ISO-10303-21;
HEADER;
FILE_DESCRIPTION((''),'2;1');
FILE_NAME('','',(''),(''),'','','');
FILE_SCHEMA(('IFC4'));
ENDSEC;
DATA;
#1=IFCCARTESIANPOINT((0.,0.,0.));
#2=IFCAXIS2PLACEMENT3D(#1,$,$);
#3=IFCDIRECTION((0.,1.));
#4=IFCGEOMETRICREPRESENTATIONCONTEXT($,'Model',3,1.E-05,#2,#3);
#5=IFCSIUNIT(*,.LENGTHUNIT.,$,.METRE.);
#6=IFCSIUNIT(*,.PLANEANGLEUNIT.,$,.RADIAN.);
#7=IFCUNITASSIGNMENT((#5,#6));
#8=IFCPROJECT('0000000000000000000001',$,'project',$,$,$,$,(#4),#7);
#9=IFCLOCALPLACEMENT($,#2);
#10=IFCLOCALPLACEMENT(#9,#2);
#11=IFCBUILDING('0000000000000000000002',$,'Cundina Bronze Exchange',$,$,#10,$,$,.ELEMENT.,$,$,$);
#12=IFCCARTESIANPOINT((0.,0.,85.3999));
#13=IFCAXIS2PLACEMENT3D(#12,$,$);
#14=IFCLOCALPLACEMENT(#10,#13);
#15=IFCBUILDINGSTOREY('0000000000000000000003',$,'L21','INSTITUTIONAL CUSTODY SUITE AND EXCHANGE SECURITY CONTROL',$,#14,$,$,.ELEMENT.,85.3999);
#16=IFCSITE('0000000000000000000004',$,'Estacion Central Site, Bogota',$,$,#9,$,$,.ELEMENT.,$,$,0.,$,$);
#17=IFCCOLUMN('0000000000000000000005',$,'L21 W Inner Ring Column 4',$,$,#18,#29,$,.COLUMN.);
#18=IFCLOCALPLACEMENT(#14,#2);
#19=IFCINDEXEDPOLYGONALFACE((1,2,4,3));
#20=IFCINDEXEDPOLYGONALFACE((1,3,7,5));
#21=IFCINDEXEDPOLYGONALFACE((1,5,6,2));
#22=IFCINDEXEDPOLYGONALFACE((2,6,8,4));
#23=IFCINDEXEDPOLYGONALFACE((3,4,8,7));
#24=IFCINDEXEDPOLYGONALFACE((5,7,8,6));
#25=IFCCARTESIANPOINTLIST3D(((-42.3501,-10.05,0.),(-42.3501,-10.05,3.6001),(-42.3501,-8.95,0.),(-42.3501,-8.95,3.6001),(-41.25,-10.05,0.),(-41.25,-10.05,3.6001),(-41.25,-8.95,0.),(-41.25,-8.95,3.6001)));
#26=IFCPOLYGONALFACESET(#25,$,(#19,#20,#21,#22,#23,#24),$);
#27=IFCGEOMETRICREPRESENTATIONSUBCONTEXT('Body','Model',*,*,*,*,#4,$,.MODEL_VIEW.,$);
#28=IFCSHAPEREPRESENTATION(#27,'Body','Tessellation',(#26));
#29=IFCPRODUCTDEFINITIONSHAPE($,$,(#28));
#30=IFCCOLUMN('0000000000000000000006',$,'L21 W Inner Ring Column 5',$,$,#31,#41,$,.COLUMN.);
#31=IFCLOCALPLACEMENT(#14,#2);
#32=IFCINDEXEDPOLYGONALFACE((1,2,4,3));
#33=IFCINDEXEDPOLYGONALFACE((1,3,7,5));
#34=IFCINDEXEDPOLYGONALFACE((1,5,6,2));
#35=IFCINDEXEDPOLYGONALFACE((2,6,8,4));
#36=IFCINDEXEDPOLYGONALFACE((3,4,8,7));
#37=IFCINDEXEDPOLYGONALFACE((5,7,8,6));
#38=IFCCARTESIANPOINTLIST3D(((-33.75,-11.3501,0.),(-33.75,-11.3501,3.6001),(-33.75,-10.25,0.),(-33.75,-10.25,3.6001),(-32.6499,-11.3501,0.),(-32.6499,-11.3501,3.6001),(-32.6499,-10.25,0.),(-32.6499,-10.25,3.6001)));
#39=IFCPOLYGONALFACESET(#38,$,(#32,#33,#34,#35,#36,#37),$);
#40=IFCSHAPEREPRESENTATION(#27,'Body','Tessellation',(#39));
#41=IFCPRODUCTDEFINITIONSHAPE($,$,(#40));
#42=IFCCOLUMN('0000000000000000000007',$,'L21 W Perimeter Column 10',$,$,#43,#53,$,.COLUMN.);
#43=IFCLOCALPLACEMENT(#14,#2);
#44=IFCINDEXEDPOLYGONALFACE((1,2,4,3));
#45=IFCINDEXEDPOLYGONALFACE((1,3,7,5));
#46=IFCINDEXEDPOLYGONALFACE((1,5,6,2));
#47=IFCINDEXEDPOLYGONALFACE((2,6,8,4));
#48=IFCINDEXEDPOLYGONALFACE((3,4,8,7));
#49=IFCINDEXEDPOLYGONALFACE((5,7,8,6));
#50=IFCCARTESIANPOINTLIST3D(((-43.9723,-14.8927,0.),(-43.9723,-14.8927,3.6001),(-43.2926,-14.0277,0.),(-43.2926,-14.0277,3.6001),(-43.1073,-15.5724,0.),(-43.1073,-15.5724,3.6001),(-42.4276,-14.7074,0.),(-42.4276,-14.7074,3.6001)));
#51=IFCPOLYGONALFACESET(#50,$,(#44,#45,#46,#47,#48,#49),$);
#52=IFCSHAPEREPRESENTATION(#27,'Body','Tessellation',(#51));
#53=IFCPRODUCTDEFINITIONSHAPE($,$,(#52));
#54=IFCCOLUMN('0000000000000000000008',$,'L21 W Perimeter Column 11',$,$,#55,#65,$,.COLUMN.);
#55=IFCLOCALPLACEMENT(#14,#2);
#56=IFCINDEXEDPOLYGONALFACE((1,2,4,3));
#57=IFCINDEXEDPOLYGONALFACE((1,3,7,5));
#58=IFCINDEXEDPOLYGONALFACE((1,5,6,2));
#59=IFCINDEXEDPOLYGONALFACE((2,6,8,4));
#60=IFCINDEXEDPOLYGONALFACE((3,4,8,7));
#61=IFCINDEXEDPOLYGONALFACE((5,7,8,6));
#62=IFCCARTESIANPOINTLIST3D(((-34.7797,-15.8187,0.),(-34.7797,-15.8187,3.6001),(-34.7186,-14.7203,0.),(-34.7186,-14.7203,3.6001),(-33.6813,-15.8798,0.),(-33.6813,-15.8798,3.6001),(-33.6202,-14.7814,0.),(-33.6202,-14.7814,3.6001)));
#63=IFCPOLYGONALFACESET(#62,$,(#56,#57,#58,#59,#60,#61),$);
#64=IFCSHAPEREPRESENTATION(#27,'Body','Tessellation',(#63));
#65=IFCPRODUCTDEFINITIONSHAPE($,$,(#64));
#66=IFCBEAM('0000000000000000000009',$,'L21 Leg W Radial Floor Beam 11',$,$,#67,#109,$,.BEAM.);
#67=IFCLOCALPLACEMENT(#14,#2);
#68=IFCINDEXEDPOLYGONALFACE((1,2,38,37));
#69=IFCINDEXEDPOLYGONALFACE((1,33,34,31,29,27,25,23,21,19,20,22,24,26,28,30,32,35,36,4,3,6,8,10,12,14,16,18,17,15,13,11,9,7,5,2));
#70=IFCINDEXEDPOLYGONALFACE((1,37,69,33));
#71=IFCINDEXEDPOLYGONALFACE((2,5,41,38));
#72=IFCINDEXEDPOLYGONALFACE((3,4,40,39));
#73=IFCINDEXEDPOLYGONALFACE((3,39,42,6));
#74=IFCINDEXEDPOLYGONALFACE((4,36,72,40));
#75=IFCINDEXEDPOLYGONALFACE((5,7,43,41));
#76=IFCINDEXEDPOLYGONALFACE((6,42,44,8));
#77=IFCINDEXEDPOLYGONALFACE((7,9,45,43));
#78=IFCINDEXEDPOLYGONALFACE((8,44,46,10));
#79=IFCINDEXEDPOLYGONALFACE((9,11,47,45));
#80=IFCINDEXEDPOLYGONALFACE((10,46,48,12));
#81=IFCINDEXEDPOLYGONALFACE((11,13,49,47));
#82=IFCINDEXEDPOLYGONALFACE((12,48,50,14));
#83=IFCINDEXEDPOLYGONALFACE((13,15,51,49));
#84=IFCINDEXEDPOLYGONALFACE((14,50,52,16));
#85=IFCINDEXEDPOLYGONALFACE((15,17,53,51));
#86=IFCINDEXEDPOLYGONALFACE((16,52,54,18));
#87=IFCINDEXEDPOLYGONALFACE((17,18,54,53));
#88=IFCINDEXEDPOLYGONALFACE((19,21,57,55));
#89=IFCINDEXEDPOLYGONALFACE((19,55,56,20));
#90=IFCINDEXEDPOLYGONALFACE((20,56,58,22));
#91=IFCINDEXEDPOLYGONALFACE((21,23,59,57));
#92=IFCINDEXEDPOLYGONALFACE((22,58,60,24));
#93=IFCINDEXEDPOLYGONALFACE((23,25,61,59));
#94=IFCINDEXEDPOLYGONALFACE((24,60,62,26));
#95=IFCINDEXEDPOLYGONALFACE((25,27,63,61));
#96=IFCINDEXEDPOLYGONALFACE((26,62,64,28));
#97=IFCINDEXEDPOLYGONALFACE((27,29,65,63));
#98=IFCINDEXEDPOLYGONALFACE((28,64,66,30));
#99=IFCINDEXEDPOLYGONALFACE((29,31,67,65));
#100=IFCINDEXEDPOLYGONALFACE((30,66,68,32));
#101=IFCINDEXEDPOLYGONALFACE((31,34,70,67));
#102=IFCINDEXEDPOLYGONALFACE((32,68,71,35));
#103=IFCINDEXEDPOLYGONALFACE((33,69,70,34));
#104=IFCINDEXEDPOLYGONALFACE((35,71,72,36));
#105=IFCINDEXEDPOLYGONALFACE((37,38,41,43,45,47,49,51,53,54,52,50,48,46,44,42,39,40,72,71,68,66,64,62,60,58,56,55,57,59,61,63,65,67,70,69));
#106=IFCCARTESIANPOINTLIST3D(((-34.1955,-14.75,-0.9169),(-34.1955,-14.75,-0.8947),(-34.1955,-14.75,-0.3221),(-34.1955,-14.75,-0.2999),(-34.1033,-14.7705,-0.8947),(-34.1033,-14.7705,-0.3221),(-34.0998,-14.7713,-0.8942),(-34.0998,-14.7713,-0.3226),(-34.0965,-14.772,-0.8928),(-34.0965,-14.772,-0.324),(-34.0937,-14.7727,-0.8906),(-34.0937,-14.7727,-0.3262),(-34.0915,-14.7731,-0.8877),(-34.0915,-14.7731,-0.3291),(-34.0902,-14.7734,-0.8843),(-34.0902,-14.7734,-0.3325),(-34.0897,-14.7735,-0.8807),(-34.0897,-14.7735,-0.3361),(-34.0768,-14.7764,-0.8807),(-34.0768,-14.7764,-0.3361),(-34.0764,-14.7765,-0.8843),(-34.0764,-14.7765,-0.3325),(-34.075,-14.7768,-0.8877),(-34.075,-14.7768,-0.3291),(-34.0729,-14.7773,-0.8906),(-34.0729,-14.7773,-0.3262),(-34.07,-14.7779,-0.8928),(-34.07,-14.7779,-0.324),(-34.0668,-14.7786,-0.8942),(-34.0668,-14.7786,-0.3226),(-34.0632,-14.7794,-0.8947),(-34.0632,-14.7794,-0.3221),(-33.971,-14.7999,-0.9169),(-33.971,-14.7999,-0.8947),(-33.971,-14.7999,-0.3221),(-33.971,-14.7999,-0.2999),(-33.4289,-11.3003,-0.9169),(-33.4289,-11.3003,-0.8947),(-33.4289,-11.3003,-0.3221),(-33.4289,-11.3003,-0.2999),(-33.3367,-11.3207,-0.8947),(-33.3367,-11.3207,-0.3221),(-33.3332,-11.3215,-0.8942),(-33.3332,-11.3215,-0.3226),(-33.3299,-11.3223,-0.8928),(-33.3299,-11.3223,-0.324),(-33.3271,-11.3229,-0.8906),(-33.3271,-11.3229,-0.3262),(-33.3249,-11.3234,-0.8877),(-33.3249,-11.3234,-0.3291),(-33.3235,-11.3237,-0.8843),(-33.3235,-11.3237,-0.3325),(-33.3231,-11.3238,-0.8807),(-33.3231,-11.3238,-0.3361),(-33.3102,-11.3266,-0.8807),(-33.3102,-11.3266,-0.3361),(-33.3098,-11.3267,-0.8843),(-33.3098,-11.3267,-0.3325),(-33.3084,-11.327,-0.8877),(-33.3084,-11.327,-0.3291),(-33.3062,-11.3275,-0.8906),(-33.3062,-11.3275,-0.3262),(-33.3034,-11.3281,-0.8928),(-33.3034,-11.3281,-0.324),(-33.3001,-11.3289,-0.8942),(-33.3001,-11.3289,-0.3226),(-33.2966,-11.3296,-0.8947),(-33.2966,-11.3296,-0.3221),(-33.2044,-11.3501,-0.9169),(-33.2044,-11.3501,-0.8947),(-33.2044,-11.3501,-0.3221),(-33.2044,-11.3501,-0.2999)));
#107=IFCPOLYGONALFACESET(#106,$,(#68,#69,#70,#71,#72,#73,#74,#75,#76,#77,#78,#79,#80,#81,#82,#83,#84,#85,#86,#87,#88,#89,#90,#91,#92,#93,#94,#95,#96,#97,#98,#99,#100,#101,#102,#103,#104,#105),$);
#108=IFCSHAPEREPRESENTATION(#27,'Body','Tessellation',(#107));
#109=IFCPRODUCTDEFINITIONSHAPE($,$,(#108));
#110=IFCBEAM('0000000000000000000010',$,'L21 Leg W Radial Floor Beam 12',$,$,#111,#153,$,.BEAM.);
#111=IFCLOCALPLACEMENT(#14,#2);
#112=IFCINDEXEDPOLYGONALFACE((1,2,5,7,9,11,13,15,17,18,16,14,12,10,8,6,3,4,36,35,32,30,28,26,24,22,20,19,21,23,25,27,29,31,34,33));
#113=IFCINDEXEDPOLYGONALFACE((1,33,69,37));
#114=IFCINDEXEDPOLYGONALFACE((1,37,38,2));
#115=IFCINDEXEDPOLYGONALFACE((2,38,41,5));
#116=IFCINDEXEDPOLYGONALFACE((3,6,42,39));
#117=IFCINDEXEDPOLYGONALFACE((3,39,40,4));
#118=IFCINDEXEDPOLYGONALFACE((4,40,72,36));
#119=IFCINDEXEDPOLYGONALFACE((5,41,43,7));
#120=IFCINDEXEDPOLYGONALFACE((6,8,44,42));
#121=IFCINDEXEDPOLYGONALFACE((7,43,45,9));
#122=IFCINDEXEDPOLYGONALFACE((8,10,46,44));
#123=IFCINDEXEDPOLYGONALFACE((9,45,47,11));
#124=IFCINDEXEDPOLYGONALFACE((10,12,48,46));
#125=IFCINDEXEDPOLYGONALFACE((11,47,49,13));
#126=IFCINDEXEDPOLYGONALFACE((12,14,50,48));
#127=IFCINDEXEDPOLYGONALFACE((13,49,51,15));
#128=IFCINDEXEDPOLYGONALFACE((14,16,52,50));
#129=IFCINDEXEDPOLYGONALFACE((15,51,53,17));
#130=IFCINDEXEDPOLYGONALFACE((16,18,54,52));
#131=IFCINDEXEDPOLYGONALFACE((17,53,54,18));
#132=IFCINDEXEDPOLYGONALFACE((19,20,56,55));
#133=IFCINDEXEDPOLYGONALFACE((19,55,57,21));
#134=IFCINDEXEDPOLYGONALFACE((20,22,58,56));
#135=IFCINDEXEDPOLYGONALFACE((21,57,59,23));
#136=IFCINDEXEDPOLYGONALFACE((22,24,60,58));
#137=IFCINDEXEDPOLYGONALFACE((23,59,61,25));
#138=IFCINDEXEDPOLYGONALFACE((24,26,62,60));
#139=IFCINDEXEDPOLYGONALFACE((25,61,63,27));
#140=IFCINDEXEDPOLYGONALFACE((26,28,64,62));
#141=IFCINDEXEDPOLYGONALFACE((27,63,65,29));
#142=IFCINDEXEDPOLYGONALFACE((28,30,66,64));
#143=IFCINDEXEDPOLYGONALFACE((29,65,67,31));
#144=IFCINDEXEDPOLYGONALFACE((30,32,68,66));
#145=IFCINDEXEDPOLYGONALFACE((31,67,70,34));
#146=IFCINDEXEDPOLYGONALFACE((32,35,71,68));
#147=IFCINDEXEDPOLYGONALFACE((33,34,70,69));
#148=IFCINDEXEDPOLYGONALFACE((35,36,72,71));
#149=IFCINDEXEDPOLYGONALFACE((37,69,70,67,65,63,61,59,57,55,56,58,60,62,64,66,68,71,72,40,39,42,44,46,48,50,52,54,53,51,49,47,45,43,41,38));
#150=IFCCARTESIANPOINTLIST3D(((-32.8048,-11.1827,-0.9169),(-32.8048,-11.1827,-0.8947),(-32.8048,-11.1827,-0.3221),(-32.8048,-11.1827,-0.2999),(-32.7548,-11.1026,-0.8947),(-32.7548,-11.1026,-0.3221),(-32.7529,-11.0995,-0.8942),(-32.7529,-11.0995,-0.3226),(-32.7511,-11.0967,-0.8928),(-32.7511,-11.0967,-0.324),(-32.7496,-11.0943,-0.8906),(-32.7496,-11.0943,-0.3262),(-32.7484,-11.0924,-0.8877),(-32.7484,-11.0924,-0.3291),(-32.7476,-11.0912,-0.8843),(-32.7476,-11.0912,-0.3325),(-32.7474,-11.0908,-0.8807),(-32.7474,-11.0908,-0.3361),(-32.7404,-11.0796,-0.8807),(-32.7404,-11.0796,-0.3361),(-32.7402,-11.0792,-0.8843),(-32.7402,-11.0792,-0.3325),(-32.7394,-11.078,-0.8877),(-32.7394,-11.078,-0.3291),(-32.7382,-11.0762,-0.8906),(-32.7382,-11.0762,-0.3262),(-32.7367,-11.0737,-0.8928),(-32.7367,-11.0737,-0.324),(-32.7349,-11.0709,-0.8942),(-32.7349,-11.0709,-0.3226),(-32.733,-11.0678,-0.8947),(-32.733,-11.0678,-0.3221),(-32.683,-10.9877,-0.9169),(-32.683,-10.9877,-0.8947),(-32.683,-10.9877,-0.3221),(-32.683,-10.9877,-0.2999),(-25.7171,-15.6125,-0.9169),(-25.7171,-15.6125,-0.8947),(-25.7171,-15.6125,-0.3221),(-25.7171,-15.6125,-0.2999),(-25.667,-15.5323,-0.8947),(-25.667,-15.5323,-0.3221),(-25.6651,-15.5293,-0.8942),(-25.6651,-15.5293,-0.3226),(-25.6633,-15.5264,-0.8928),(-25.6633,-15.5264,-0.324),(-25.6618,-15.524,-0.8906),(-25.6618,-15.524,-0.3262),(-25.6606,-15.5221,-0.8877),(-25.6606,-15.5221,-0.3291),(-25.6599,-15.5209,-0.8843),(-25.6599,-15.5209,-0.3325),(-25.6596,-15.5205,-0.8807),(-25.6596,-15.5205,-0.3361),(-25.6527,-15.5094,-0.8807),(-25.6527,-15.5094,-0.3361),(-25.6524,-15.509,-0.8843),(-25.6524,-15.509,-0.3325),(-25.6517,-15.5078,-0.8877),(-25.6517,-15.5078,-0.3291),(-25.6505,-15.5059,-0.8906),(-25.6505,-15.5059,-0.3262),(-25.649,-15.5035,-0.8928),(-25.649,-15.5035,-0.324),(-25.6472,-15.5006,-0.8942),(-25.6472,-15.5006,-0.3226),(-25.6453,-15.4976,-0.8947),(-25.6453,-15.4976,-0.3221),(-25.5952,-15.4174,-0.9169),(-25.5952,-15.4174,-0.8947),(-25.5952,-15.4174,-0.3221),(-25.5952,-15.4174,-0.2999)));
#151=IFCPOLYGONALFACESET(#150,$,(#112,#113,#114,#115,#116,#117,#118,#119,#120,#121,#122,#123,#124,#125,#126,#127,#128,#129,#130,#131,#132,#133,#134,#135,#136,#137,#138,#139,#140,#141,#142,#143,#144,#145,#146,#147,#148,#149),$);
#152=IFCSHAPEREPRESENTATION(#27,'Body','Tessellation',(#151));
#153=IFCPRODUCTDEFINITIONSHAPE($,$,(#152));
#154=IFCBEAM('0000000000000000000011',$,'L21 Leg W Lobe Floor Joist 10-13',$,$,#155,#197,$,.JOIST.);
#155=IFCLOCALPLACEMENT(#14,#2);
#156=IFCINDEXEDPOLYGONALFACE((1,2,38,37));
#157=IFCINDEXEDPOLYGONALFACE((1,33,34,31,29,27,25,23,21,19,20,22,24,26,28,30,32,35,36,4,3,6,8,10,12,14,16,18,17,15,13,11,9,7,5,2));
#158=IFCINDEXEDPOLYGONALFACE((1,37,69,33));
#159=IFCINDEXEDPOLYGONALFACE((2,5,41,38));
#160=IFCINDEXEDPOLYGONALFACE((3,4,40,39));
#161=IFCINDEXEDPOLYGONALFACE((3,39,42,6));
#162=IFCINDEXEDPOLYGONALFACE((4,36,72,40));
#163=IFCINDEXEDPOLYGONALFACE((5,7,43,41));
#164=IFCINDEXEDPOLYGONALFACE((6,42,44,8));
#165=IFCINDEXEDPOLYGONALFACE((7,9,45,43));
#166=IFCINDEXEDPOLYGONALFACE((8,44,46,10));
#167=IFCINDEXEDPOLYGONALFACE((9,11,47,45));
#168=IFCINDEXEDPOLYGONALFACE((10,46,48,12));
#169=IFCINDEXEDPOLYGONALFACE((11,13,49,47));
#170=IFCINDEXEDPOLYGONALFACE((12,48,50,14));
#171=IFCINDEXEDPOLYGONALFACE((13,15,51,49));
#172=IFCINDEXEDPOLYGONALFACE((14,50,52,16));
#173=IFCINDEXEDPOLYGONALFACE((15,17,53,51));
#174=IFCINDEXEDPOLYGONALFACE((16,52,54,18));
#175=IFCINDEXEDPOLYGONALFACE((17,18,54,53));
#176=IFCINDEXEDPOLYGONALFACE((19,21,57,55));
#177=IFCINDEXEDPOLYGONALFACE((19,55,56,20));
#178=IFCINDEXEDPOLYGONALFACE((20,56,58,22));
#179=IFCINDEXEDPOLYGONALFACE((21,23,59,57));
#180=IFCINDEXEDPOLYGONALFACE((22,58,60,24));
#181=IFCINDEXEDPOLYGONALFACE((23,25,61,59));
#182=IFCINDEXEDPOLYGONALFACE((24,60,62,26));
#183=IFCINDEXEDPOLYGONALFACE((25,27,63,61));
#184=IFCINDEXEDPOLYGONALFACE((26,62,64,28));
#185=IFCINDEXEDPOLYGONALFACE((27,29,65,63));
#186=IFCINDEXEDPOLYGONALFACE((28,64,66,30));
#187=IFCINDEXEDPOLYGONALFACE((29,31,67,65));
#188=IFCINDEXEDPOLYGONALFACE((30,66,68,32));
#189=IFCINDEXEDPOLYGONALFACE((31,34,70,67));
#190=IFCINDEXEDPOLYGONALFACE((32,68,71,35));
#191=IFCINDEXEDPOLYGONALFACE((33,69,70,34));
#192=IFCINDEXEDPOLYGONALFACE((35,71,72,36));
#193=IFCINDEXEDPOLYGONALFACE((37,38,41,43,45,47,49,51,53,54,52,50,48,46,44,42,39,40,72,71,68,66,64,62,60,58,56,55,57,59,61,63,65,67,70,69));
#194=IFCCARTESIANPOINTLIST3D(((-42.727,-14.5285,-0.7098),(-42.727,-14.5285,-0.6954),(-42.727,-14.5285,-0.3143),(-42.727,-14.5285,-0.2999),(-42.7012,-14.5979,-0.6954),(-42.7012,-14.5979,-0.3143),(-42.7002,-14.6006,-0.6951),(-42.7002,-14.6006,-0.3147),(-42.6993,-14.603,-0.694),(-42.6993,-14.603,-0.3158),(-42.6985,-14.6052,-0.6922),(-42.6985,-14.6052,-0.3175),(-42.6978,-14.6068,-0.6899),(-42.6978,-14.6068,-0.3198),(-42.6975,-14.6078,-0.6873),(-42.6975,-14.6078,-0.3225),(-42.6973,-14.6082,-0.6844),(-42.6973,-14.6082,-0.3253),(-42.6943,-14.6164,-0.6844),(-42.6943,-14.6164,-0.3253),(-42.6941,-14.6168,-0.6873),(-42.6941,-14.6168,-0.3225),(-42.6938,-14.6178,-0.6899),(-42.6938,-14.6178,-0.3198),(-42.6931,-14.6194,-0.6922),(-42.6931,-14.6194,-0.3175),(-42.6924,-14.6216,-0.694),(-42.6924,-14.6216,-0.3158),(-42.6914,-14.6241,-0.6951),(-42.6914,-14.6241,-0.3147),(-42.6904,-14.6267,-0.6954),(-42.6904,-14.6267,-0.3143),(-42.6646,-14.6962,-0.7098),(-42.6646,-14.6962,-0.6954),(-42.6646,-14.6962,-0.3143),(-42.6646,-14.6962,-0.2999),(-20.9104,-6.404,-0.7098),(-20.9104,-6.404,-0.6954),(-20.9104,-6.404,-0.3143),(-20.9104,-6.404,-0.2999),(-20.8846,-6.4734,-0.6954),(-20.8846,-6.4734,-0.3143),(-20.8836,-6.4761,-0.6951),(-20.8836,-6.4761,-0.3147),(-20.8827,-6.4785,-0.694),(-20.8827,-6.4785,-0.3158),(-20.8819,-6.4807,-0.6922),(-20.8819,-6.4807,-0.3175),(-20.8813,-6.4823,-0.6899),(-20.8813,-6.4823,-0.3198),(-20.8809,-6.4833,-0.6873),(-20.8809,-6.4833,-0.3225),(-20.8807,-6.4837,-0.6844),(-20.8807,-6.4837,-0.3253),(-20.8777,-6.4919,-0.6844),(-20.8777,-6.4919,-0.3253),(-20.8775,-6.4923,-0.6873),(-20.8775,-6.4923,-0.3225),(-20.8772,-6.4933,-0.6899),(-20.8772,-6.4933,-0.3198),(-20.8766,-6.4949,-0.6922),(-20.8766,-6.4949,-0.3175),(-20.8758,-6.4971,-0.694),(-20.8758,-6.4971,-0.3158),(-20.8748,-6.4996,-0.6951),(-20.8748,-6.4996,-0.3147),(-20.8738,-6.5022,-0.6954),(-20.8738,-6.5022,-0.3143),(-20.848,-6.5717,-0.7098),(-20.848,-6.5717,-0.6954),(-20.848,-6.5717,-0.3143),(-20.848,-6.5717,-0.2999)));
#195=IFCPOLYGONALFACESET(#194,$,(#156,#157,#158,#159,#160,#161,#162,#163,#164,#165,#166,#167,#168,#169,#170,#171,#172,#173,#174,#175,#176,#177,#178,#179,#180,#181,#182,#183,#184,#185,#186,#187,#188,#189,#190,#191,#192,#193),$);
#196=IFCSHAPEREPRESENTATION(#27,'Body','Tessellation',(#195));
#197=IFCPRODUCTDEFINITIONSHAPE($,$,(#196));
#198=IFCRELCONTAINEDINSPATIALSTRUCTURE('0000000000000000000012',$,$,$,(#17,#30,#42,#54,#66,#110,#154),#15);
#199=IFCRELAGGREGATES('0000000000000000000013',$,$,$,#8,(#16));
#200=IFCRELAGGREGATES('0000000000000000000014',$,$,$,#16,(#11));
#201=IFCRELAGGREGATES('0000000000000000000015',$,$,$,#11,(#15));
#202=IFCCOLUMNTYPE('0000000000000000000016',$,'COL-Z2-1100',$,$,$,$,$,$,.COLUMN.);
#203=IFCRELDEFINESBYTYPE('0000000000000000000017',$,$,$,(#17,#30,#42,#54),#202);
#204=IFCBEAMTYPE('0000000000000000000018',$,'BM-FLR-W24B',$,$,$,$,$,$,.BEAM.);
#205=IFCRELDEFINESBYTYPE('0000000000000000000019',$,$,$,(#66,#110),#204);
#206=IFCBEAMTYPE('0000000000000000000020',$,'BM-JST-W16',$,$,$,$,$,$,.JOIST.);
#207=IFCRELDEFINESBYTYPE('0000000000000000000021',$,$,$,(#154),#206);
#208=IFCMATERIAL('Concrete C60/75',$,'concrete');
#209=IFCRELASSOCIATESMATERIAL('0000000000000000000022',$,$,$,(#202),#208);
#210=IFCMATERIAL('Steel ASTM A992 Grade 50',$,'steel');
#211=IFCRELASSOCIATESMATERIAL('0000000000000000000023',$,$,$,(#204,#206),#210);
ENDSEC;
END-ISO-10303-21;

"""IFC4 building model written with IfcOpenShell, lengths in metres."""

from ifc_helpers import new_model, si_unit, direction, frame, origin, origin_2d, place, context, subcontext, project, spatial, rectangle, i_section, extrude, material, material_profile, profile_set, type_object, element, save


model = new_model("IFC4")

# Units and contexts
model_context = context("Model", 3, precision=1e-05, world=origin(), true_north=direction((0.0, 1.0)))
body_context = subcontext(model_context, "Body", "Model", "MODEL_VIEW")
ifc_project = project(units=[si_unit("LENGTHUNIT", "METRE"), si_unit("PLANEANGLEUNIT", "RADIAN")], contexts=[model_context])

# Site, building, storey
site_placement = place(None, origin())
site = spatial("IfcSite", under=ifc_project, at=site_placement, Name="Estacion Central Site, Bogota", CompositionType="ELEMENT", RefElevation=0.0)
building_placement = place(site_placement, origin())
building = spatial("IfcBuilding", under=site, at=building_placement, Name="Cundina Bronze Exchange", CompositionType="ELEMENT")
storey_placement = place(building_placement, frame((0.0, 0.0, 85.3999)))
storey = spatial("IfcBuildingStorey", under=building, at=storey_placement, Name="L21", Description="INSTITUTIONAL CUSTODY SUITE AND EXCHANGE SECURITY CONTROL", CompositionType="ELEMENT", Elevation=85.3999)

# Columns
ifc_material_1 = material(Name="Concrete C60/75", Category="concrete")
ifc_material_profile_1 = material_profile(ifc_material_1, rectangle(XDim=1.1001, YDim=1.1001, at=origin_2d()), Name="RC1100X1100", Category="concrete")
ifc_profile_set_1 = profile_set([ifc_material_profile_1], Name="Concrete C60/75")
column_type = type_object("IfcColumnType", Name="COL-Z2-1100", PredefinedType="COLUMN", material=ifc_profile_set_1)
for number, where, z_axis, x_axis, name in (
    (1, (-41.8, -9.5, 0.0), (0.0, 0.0, 1.0), (1.0, 0.0, 0.0), "L21 W Inner Ring Column 4"),
    (2, (-33.2, -10.8, 0.0), (0.0, 0.0, 1.0), (1.0, 0.0, 0.0), "L21 W Inner Ring Column 5"),
    (3, (-43.2, -14.8, 0.0), (0.0, 0.0, 1.0), (0.786288, -0.61786, 0.0), "L21 W Perimeter Column 10"),
    (4, (-34.2, -15.3, 0.0), (0.0, 0.0, 1.0), (0.99846, -0.055473, 0.0), "L21 W Perimeter Column 11"),
):
    element("IfcColumn", number, at=place(storey_placement, frame(where, z_axis=z_axis, x_axis=x_axis)), inside=storey, type_object=column_type, Name=name, PredefinedType="COLUMN", context=body_context, shape_type="SweptSolid", body=[
        extrude(rectangle(XDim=1.1001, YDim=1.1001, at=origin_2d()), origin(), (0.0, 0.0, 1.0), 3.6001),
    ])

# Beams
ifc_material_2 = material(Name="Steel ASTM A992 Grade 50", Category="steel")
ifc_material_profile_2 = material_profile(ifc_material_2, i_section(OverallWidth=0.23, OverallDepth=0.6169, WebThickness=0.0132, FlangeThickness=0.0222, FilletRadius=0.0139, at=origin_2d()), Name="W24X94", Category="steel")
ifc_profile_set_2 = profile_set([ifc_material_profile_2], Name="Steel ASTM A992 Grade 50")
beam_type_1 = type_object("IfcBeamType", Name="BM-FLR-W24B", PredefinedType="BEAM", material=ifc_profile_set_2)
beam_1_placement = place(storey_placement, frame((-33.3167, -11.3252, -0.6084), z_axis=(-0.21693, -0.976187, 0.0), x_axis=(0.976187, -0.21693, 0.0)))
element("IfcBeam", 5, at=beam_1_placement, inside=storey, type_object=beam_type_1, Name="L21 Leg W Radial Floor Beam 11", PredefinedType="BEAM", context=body_context, shape_type="SweptSolid", body=[
    extrude(i_section(OverallWidth=0.23, OverallDepth=0.6169, WebThickness=0.0132, FlangeThickness=0.0222, FilletRadius=0.0139, at=origin_2d()), origin(), (0.0, 0.0, 1.0), 3.5339),
])
beam_2_placement = place(storey_placement, frame((-32.7439, -11.0852, -0.6084), z_axis=(0.848003, -0.529991, 0.0), x_axis=(0.529991, 0.848003, 0.0)))
element("IfcBeam", 6, at=beam_2_placement, inside=storey, type_object=beam_type_1, Name="L21 Leg W Radial Floor Beam 12", PredefinedType="BEAM", context=body_context, shape_type="SweptSolid", body=[
    extrude(i_section(OverallWidth=0.23, OverallDepth=0.6169, WebThickness=0.0132, FlangeThickness=0.0222, FilletRadius=0.0139, at=origin_2d()), origin(), (0.0, 0.0, 1.0), 8.3582),
])
ifc_material_profile_3 = material_profile(ifc_material_2, i_section(OverallWidth=0.179, OverallDepth=0.4099, WebThickness=0.0088, FlangeThickness=0.0144, FilletRadius=0.011, at=origin_2d()), Name="W16X45", Category="steel")
ifc_profile_set_3 = profile_set([ifc_material_profile_3], Name="Steel ASTM A992 Grade 50")
beam_type_2 = type_object("IfcBeamType", Name="BM-JST-W16", PredefinedType="JOIST", material=ifc_profile_set_3)
beam_3_placement = place(storey_placement, frame((-42.6958, -14.6123, -0.5049), z_axis=(0.937128, 0.348986, 0.0), x_axis=(-0.348986, 0.937128, 0.0)))
element("IfcBeam", 7, at=beam_3_placement, inside=storey, type_object=beam_type_2, Name="L21 Leg W Lobe Floor Joist 10-13", PredefinedType="JOIST", context=body_context, shape_type="SweptSolid", body=[
    extrude(i_section(OverallWidth=0.179, OverallDepth=0.4099, WebThickness=0.0088, FlangeThickness=0.0144, FilletRadius=0.011, at=origin_2d()), origin(), (0.0, 0.0, 1.0), 23.2803),
])

save(model, "model.ifc")
